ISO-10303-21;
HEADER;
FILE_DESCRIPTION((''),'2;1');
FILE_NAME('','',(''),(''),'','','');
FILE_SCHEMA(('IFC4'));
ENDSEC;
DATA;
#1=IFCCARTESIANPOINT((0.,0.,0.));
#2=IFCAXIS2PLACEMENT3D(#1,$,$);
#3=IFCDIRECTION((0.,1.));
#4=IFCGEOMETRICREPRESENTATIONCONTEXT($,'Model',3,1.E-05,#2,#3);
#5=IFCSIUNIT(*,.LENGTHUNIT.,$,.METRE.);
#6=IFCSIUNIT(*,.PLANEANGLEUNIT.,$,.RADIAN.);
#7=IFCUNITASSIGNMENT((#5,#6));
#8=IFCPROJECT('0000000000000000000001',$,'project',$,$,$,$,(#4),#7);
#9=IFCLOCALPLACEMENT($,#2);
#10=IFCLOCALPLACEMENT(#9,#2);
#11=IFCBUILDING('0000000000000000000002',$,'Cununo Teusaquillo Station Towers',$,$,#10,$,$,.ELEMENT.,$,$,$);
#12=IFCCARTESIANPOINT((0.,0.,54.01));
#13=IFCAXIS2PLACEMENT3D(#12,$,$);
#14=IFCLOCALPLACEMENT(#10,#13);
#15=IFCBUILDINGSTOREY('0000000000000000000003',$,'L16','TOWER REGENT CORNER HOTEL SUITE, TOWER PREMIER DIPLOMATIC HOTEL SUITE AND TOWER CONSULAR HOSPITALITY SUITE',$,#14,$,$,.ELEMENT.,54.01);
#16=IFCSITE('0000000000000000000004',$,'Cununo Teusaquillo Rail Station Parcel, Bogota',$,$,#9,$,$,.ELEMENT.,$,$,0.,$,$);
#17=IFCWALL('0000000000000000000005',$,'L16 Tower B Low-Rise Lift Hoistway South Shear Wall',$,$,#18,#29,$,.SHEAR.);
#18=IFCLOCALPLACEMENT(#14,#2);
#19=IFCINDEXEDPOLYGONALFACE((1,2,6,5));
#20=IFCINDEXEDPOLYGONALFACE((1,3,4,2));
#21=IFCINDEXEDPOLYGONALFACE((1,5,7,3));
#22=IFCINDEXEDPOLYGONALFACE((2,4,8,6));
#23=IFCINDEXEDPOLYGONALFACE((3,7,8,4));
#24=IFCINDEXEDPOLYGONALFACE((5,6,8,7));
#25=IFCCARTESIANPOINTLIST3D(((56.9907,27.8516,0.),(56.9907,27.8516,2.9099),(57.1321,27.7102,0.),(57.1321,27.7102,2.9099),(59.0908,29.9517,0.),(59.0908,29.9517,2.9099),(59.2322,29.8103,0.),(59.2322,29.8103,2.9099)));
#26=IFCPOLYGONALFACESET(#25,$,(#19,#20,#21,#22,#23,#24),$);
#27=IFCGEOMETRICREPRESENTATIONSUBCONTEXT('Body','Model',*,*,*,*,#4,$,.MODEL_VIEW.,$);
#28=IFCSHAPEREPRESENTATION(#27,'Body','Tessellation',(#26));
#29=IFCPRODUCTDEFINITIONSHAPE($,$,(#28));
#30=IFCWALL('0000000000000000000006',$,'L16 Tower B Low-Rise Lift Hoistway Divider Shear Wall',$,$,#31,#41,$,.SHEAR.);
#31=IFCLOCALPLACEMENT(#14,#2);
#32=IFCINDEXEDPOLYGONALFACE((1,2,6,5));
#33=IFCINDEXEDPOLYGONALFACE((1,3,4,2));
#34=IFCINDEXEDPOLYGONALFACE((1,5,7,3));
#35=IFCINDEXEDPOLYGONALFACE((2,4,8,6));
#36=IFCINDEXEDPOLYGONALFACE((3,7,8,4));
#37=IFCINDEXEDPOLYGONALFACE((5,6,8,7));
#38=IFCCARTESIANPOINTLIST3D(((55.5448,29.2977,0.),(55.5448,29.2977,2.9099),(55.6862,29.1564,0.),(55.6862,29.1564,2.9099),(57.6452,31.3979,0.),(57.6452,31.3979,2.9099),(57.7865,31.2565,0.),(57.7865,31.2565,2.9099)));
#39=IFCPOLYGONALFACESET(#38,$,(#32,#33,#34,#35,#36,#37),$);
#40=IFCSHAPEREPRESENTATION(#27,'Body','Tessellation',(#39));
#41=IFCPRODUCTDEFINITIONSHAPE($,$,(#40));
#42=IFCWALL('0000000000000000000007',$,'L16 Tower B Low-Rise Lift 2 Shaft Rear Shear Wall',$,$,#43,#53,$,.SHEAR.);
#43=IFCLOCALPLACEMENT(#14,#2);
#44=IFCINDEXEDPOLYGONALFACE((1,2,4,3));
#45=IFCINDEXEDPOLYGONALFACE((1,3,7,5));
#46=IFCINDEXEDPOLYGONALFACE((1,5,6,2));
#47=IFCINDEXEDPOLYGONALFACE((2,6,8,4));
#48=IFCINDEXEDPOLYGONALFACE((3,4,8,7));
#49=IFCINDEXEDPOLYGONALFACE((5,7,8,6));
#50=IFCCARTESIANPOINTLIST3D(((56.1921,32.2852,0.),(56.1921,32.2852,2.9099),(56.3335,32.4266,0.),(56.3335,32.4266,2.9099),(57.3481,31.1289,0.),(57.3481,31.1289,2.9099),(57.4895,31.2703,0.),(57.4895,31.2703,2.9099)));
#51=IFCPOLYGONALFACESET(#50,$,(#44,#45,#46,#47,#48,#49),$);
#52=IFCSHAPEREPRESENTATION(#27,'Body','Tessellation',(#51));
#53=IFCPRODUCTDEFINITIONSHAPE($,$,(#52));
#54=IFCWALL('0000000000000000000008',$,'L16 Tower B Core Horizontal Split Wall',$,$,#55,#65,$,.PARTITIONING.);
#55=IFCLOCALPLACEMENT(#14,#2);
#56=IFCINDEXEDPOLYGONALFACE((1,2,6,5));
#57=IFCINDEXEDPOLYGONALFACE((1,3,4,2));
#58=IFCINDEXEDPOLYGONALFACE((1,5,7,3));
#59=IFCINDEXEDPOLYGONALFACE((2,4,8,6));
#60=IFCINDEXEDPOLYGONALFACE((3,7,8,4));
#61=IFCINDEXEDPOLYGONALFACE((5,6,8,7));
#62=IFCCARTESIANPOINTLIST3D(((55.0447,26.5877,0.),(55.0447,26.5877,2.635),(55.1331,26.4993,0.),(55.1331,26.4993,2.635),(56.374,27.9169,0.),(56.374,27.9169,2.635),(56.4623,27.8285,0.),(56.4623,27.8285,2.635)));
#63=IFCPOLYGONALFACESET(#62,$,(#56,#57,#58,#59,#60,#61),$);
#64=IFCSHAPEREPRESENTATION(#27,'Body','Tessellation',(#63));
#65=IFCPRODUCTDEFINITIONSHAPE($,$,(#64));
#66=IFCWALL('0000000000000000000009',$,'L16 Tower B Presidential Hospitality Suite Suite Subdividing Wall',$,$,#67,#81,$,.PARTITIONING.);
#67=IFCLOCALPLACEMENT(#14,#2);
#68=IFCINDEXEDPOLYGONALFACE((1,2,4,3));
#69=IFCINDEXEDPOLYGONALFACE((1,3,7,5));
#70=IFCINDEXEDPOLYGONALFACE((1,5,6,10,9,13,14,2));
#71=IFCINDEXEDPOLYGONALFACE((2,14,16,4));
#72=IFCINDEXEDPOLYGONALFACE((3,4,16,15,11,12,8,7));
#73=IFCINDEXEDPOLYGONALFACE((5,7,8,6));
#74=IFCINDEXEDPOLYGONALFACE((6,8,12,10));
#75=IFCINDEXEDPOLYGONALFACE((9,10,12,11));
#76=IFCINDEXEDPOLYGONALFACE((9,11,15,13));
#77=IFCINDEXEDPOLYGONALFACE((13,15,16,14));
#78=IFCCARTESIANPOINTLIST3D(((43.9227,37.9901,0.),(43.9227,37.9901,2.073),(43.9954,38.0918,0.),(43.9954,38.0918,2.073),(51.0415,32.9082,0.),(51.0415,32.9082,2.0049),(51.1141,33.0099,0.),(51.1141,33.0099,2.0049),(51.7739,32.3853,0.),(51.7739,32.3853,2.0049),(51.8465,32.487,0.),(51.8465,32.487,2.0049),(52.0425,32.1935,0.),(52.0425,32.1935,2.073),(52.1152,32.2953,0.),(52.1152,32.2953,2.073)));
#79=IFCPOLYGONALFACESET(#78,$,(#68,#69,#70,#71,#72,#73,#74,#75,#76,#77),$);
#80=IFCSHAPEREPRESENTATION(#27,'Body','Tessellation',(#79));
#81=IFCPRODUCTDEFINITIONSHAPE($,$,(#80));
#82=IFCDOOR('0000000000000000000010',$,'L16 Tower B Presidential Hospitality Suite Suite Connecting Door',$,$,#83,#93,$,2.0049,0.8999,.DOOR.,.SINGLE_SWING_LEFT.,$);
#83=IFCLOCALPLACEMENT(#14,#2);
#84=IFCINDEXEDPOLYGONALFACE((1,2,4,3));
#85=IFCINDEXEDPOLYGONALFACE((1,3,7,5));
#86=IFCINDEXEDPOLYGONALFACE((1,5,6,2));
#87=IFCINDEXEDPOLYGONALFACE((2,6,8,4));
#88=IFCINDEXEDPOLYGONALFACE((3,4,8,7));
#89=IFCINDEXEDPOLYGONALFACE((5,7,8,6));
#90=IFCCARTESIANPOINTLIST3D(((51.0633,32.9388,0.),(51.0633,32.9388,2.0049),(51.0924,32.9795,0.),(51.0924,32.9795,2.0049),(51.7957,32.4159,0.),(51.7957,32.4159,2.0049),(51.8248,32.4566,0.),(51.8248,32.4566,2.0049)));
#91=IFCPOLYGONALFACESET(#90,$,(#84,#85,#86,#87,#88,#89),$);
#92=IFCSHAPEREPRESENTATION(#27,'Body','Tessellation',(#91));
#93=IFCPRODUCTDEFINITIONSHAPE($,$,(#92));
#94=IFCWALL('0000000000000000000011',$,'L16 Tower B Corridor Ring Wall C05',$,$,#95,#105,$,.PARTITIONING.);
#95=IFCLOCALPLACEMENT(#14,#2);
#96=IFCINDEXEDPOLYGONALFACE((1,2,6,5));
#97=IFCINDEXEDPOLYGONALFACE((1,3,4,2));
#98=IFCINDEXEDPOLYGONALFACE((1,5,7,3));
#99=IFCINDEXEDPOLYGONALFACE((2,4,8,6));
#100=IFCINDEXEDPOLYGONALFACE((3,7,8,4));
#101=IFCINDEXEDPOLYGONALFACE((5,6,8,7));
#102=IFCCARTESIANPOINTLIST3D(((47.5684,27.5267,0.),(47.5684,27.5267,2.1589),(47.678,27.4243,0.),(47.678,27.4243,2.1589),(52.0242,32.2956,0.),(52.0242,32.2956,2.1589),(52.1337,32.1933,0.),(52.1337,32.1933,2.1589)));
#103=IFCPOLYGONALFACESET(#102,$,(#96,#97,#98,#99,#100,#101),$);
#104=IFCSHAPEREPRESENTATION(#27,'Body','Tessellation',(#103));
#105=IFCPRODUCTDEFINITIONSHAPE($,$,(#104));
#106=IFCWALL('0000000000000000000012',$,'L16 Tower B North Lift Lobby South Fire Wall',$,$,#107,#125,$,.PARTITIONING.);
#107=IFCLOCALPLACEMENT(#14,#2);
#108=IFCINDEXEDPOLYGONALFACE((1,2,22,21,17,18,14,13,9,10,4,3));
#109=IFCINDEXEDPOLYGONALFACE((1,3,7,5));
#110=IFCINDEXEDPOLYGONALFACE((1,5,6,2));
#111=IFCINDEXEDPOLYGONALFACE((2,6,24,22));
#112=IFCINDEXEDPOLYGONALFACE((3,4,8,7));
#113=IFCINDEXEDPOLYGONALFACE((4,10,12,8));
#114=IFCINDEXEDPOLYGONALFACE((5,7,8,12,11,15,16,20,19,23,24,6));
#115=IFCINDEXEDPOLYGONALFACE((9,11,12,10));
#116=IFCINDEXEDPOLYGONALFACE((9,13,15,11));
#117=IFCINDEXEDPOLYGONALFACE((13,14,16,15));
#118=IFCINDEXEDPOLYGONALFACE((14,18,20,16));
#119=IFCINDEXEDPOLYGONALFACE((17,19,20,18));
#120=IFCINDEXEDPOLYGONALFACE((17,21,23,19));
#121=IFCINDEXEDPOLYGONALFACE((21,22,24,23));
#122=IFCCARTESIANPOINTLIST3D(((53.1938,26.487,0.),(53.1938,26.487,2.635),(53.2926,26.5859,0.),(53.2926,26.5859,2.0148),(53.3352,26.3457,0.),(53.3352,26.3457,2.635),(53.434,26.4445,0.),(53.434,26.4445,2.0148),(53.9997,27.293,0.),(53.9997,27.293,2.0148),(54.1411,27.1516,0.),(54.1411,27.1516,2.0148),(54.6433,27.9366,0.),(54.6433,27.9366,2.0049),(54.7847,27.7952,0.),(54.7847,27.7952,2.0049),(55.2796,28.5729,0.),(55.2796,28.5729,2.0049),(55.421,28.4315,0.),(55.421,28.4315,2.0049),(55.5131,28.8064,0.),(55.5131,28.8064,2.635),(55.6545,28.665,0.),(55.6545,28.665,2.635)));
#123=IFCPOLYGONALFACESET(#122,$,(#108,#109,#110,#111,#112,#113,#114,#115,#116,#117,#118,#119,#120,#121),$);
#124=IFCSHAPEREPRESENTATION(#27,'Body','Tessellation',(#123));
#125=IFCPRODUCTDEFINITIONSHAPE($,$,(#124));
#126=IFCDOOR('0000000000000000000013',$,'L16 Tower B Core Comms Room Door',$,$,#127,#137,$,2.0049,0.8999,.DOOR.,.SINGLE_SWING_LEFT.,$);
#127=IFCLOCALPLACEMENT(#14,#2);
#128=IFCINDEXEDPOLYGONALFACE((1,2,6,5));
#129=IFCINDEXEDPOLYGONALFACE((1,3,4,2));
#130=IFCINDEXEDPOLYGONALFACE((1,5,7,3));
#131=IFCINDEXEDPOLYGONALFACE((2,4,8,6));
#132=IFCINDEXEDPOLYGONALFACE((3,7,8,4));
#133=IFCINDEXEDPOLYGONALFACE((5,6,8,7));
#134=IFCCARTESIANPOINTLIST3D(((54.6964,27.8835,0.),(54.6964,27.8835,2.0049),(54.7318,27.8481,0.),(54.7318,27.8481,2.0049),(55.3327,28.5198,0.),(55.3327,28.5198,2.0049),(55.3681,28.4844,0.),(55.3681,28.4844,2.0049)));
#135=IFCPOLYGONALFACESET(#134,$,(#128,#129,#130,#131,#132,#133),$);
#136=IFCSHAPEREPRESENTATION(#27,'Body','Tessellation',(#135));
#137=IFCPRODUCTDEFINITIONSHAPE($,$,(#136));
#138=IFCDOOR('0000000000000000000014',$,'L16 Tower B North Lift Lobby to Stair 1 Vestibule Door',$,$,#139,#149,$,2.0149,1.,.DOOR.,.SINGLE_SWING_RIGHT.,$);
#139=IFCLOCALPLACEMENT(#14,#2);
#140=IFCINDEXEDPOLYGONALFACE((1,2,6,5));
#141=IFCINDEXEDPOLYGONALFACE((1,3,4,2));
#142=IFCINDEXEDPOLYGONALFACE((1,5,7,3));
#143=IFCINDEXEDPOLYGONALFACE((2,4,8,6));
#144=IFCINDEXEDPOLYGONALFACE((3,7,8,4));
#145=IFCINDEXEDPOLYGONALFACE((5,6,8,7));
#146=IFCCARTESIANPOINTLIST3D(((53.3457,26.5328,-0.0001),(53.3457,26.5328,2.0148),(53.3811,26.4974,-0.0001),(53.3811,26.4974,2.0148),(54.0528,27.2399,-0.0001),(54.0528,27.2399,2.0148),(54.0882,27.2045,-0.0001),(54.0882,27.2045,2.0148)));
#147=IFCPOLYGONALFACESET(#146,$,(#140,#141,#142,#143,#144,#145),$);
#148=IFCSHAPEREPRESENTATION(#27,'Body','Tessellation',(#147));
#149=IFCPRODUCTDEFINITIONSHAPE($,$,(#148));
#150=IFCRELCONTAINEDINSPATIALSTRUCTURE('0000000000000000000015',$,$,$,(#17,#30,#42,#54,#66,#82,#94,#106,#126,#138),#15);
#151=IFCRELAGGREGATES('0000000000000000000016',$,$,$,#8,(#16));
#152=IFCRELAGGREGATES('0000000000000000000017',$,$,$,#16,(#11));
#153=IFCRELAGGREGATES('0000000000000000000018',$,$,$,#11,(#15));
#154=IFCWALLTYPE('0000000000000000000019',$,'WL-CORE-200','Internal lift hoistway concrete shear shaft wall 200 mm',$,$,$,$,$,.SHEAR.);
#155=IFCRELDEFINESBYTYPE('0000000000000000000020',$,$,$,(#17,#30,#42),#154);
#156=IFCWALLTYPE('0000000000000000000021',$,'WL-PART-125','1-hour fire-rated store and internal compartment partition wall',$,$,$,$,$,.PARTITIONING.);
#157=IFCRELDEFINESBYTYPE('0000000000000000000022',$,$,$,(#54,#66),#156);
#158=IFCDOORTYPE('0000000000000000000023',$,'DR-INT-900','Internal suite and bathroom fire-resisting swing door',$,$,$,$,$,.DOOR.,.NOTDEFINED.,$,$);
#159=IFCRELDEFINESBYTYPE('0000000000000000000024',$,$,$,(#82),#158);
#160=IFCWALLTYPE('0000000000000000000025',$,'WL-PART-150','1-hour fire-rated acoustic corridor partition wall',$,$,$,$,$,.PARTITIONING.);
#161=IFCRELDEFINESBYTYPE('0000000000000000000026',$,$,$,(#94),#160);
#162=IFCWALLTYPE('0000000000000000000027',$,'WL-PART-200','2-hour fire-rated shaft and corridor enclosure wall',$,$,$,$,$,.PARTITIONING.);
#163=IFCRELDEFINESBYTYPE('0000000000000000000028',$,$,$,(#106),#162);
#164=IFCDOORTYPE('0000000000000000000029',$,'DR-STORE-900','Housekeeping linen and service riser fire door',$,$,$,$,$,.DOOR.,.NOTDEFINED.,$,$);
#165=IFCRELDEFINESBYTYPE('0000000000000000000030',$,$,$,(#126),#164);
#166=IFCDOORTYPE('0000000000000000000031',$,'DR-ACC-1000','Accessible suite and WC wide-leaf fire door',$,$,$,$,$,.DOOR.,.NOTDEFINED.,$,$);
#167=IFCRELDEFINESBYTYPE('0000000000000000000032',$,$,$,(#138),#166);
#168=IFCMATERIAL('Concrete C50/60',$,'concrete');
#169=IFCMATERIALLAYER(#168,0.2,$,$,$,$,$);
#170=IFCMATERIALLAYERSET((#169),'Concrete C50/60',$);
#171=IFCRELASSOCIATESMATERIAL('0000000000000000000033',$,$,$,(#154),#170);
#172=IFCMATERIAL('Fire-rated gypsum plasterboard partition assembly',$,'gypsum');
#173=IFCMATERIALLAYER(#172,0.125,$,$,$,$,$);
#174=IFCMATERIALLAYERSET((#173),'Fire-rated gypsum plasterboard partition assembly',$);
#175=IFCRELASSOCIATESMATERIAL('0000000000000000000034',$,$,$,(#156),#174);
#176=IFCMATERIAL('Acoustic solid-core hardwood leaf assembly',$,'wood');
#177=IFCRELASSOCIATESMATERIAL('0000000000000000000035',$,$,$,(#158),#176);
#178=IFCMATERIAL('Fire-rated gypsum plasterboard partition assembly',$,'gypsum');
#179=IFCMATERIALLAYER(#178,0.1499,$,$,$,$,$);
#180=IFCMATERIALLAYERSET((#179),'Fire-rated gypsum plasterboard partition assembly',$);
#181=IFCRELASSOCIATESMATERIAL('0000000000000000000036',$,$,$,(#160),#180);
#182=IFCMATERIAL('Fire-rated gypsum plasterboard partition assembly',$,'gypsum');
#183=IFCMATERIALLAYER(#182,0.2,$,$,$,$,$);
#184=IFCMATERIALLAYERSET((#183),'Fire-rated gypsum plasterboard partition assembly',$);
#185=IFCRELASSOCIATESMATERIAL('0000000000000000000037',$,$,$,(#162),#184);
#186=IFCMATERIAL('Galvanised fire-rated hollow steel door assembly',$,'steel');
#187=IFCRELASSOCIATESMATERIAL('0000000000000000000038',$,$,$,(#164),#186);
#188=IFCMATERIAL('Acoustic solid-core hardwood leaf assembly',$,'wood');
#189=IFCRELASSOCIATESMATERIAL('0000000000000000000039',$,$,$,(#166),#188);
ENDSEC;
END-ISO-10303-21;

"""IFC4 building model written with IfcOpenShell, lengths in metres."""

from ifc_helpers import new_model, si_unit, direction, frame, frame_2d, origin, place, context, subcontext, project, spatial, rectangle, extrude, source, transform, mapped, material, layer, layer_set, type_object, element, fill, save


model = new_model("IFC4")

# Units and contexts
model_context = context("Model", 3, precision=1e-05, world=origin(), true_north=direction((0.0, 1.0)))
body_context = subcontext(model_context, "Body", "Model", "MODEL_VIEW")
ifc_project = project(units=[si_unit("LENGTHUNIT", "METRE"), si_unit("PLANEANGLEUNIT", "RADIAN")], contexts=[model_context])

# Site, building, storey
site_placement = place(None, origin())
site = spatial("IfcSite", under=ifc_project, at=site_placement, Name="Cununo Teusaquillo Rail Station Parcel, Bogota", CompositionType="ELEMENT", RefElevation=0.0)
building_placement = place(site_placement, origin())
building = spatial("IfcBuilding", under=site, at=building_placement, Name="Cununo Teusaquillo Station Towers", CompositionType="ELEMENT")
storey_placement = place(building_placement, frame((0.0, 0.0, 54.01)))
storey = spatial("IfcBuildingStorey", under=building, at=storey_placement, Name="L16", Description="TOWER REGENT CORNER HOTEL SUITE, TOWER PREMIER DIPLOMATIC HOTEL SUITE AND TOWER CONSULAR HOSPITALITY SUITE", CompositionType="ELEMENT", Elevation=54.01)

# Walls
ifc_material_1 = material(Name="Concrete C50/60", Category="concrete")
ifc_layer_1 = layer(ifc_material_1, 0.2)
ifc_layer_set_1 = layer_set([ifc_layer_1], Name="Concrete C50/60")
wall_type_1 = type_object("IfcWallType", Name="WL-CORE-200", Description="Internal lift hoistway concrete shear shaft wall 200 mm", PredefinedType="SHEAR", material=ifc_layer_set_1)
wall_1_placement = place(storey_placement, frame((57.0615, 27.781, 0.0), z_axis=(0.0, 0.0, 1.0), x_axis=(0.707107, 0.707107, 0.0)))
element("IfcWall", 1, at=wall_1_placement, inside=storey, type_object=wall_type_1, Name="L16 Tower B Low-Rise Lift Hoistway South Shear Wall", PredefinedType="SHEAR", context=body_context, shape_type="SweptSolid", body=[
    extrude(rectangle(XDim=2.97, YDim=0.2, at=frame_2d((1.4849, 0.0))), origin(), (0.0, 0.0, 1.0), 2.9099),
])
wall_2_placement = place(storey_placement, frame((55.6155, 29.2271, 0.0), z_axis=(0.0, 0.0, 1.0), x_axis=(0.707148, 0.707066, 0.0)))
element("IfcWall", 2, at=wall_2_placement, inside=storey, type_object=wall_type_1, Name="L16 Tower B Low-Rise Lift Hoistway Divider Shear Wall", PredefinedType="SHEAR", context=body_context, shape_type="SweptSolid", body=[
    extrude(rectangle(XDim=2.9702, YDim=0.2, at=frame_2d((1.4851, 0.0))), origin(), (0.0, 0.0, 1.0), 2.9099),
])
wall_3_placement = place(storey_placement, frame((57.4187, 31.1997, 0.0), z_axis=(0.0, 0.0, 1.0), x_axis=(-0.707032, 0.707181, 0.0)))
element("IfcWall", 3, at=wall_3_placement, inside=storey, type_object=wall_type_1, Name="L16 Tower B Low-Rise Lift 2 Shaft Rear Shear Wall", PredefinedType="SHEAR", context=body_context, shape_type="SweptSolid", body=[
    extrude(rectangle(XDim=1.635, YDim=0.2, at=frame_2d((0.8174, 0.0))), origin(), (0.0, 0.0, 1.0), 2.9099),
])
ifc_material_2 = material(Name="Fire-rated gypsum plasterboard partition assembly", Category="gypsum")
ifc_layer_2 = layer(ifc_material_2, 0.125)
ifc_layer_set_2 = layer_set([ifc_layer_2], Name="Fire-rated gypsum plasterboard partition assembly")
wall_type_2 = type_object("IfcWallType", Name="WL-PART-125", Description="1-hour fire-rated store and internal compartment partition wall", PredefinedType="PARTITIONING", material=ifc_layer_set_2)
wall_4_placement = place(storey_placement, frame((55.0889, 26.5435, 0.0), z_axis=(0.0, 0.0, 1.0), x_axis=(0.707107, 0.707107, 0.0)))
element("IfcWall", 4, at=wall_4_placement, inside=storey, type_object=wall_type_2, Name="L16 Tower B Core Horizontal Split Wall", PredefinedType="PARTITIONING", context=body_context, shape_type="SweptSolid", body=[
    extrude(rectangle(XDim=1.8799, YDim=0.125, at=frame_2d((0.9399, 0.0))), origin(), (0.0, 0.0, 1.0), 2.635),
])

# Wall, opening, door
wall_5_placement = place(storey_placement, frame((52.0789, 32.2444, 0.0), z_axis=(0.0, 0.0, 1.0), x_axis=(-0.813889, 0.581021, 0.0)))
wall_5 = element("IfcWall", 5, at=wall_5_placement, inside=storey, type_object=wall_type_2, Name="L16 Tower B Presidential Hospitality Suite Suite Subdividing Wall", PredefinedType="PARTITIONING", context=body_context, shape_type="SweptSolid", body=[
    extrude(rectangle(XDim=9.9766, YDim=0.125, at=frame_2d((4.9883, 0.0))), origin(), (0.0, 0.0, 1.0), 2.073),
])
shared_shape_1 = source(origin(), body_context, "Body", "SweptSolid", [
    extrude(rectangle(XDim=0.8999, YDim=2.0049, at=frame_2d((0.45, 1.0024))), frame((0.0, 0.0725, 0.0), z_axis=(0.0, -1.0, 0.0), x_axis=(1.0, 0.0, 0.0)), (0.0, 0.0, 1.0), 0.145),
])
opening_1_placement = place(wall_5_placement, frame((0.3301, 0.0, 0.0)))
opening_1 = element("IfcOpeningElement", 6, at=opening_1_placement, cuts=wall_5, PredefinedType="OPENING", context=body_context, shape_type="MappedRepresentation", body=[
    mapped(shared_shape_1, transform((0.0, 0.0, 0.0), x_axis=(1.0, 0.0, 0.0), y_axis=(0.0, 1.0, 0.0), z_axis=(0.0, 0.0, 1.0), scale=1.0)),
])
ifc_material_3 = material(Name="Acoustic solid-core hardwood leaf assembly", Category="wood")
door_type_1 = type_object("IfcDoorType", Name="DR-INT-900", Description="Internal suite and bathroom fire-resisting swing door", OperationType="NOTDEFINED", PredefinedType="DOOR", material=ifc_material_3)
shared_shape_2 = source(origin(), body_context, "Body", "SweptSolid", [
    extrude(rectangle(XDim=0.8999, YDim=2.0049, at=frame_2d((0.45, 1.0024))), frame((0.0, 0.0249, 0.0), z_axis=(0.0, -1.0, 0.0), x_axis=(1.0, 0.0, 0.0)), (0.0, 0.0, 1.0), 0.05),
])
door_1_placement = place(opening_1_placement, origin())
door_1 = element("IfcDoor", 7, at=door_1_placement, inside=storey, type_object=door_type_1, Name="L16 Tower B Presidential Hospitality Suite Suite Connecting Door", OperationType="SINGLE_SWING_LEFT", OverallHeight=2.0049, OverallWidth=0.8999, PredefinedType="DOOR", context=body_context, shape_type="MappedRepresentation", body=[
    mapped(shared_shape_2, transform((0.0, 0.0, 0.0), x_axis=(1.0, 0.0, 0.0), y_axis=(0.0, 1.0, 0.0), z_axis=(0.0, 0.0, 1.0), scale=1.0)),
])
fill(opening_1, door_1)

# Wall
ifc_material_4 = material(Name="Fire-rated gypsum plasterboard partition assembly", Category="gypsum")
ifc_layer_3 = layer(ifc_material_4, 0.1499)
ifc_layer_set_3 = layer_set([ifc_layer_3], Name="Fire-rated gypsum plasterboard partition assembly")
wall_type_3 = type_object("IfcWallType", Name="WL-PART-150", Description="1-hour fire-rated acoustic corridor partition wall", PredefinedType="PARTITIONING", material=ifc_layer_set_3)
wall_6_placement = place(storey_placement, frame((52.0789, 32.2444, 0.0), z_axis=(0.0, 0.0, 1.0), x_axis=(-0.682703, -0.730696, 0.0)))
element("IfcWall", 8, at=wall_6_placement, inside=storey, type_object=wall_type_3, Name="L16 Tower B Corridor Ring Wall C05", PredefinedType="PARTITIONING", context=body_context, shape_type="SweptSolid", body=[
    extrude(rectangle(XDim=6.5266, YDim=0.1499, at=frame_2d((3.2632, 0.0))), origin(), (0.0, 0.0, 1.0), 2.1589),
])

# Wall, openings, doors
ifc_material_5 = material(Name="Fire-rated gypsum plasterboard partition assembly", Category="gypsum")
ifc_layer_4 = layer(ifc_material_5, 0.2)
ifc_layer_set_4 = layer_set([ifc_layer_4], Name="Fire-rated gypsum plasterboard partition assembly")
wall_type_4 = type_object("IfcWallType", Name="WL-PART-200", Description="2-hour fire-rated shaft and corridor enclosure wall", PredefinedType="PARTITIONING", material=ifc_layer_set_4)
wall_7_placement = place(storey_placement, frame((53.2644, 26.4163, 0.0), z_axis=(0.0, 0.0, 1.0), x_axis=(0.707107, 0.707107, 0.0)))
wall_7 = element("IfcWall", 9, at=wall_7_placement, inside=storey, type_object=wall_type_4, Name="L16 Tower B North Lift Lobby South Fire Wall", PredefinedType="PARTITIONING", context=body_context, shape_type="SweptSolid", body=[
    extrude(rectangle(XDim=3.28, YDim=0.2, at=frame_2d((1.6401, 0.0))), origin(), (0.0, 0.0, 1.0), 2.635),
])
shared_shape_3 = source(origin(), body_context, "Body", "SweptSolid", [
    extrude(rectangle(XDim=1.0, YDim=2.0149, at=frame_2d((0.5, 1.0073))), frame((0.0, 0.1099, 0.0), z_axis=(0.0, -1.0, 0.0), x_axis=(1.0, 0.0, 0.0)), (0.0, 0.0, 1.0), 0.22),
])
opening_2_placement = place(wall_7_placement, frame((0.1399, 0.0, 0.0)))
opening_2 = element("IfcOpeningElement", 10, at=opening_2_placement, cuts=wall_7, PredefinedType="OPENING", context=body_context, shape_type="MappedRepresentation", body=[
    mapped(shared_shape_3, transform((0.0, 0.0, 0.0), x_axis=(1.0, 0.0, 0.0), y_axis=(0.0, 1.0, 0.0), z_axis=(0.0, 0.0, 1.0), scale=1.0)),
])
shared_shape_4 = source(origin(), body_context, "Body", "SweptSolid", [
    extrude(rectangle(XDim=0.8999, YDim=2.0049, at=frame_2d((0.45, 1.0024))), frame((0.0, 0.1099, 0.0), z_axis=(0.0, -1.0, 0.0), x_axis=(1.0, 0.0, 0.0)), (0.0, 0.0, 1.0), 0.22),
])
opening_3_placement = place(wall_7_placement, frame((2.05, 0.0, 0.0)))
opening_3 = element("IfcOpeningElement", 11, at=opening_3_placement, cuts=wall_7, PredefinedType="OPENING", context=body_context, shape_type="MappedRepresentation", body=[
    mapped(shared_shape_4, transform((0.0, 0.0, 0.0), x_axis=(1.0, 0.0, 0.0), y_axis=(0.0, 1.0, 0.0), z_axis=(0.0, 0.0, 1.0), scale=1.0)),
])
ifc_material_6 = material(Name="Galvanised fire-rated hollow steel door assembly", Category="steel")
door_type_2 = type_object("IfcDoorType", Name="DR-STORE-900", Description="Housekeeping linen and service riser fire door", OperationType="NOTDEFINED", PredefinedType="DOOR", material=ifc_material_6)
door_2_placement = place(opening_3_placement, origin())
door_2 = element("IfcDoor", 12, at=door_2_placement, inside=storey, type_object=door_type_2, Name="L16 Tower B Core Comms Room Door", OperationType="SINGLE_SWING_LEFT", OverallHeight=2.0049, OverallWidth=0.8999, PredefinedType="DOOR", context=body_context, shape_type="MappedRepresentation", body=[
    mapped(shared_shape_2, transform((0.0, 0.0, 0.0), x_axis=(1.0, 0.0, 0.0), y_axis=(0.0, 1.0, 0.0), z_axis=(0.0, 0.0, 1.0), scale=1.0)),
])
fill(opening_3, door_2)
ifc_material_7 = material(Name="Acoustic solid-core hardwood leaf assembly", Category="wood")
door_type_3 = type_object("IfcDoorType", Name="DR-ACC-1000", Description="Accessible suite and WC wide-leaf fire door", OperationType="NOTDEFINED", PredefinedType="DOOR", material=ifc_material_7)
shared_shape_5 = source(origin(), body_context, "Body", "SweptSolid", [
    extrude(rectangle(XDim=1.0, YDim=2.0149, at=frame_2d((0.5, 1.0073))), frame((0.0, 0.0249, 0.0), z_axis=(0.0, -1.0, 0.0), x_axis=(1.0, 0.0, 0.0)), (0.0, 0.0, 1.0), 0.05),
])
door_3_placement = place(opening_2_placement, origin())
door_3 = element("IfcDoor", 13, at=door_3_placement, inside=storey, type_object=door_type_3, Name="L16 Tower B North Lift Lobby to Stair 1 Vestibule Door", OperationType="SINGLE_SWING_RIGHT", OverallHeight=2.0149, OverallWidth=1.0, PredefinedType="DOOR", context=body_context, shape_type="MappedRepresentation", body=[
    mapped(shared_shape_5, transform((0.0, 0.0, 0.0), x_axis=(1.0, 0.0, 0.0), y_axis=(0.0, 1.0, 0.0), z_axis=(0.0, 0.0, 1.0), scale=1.0)),
])
fill(opening_2, door_3)

save(model, "model.ifc")
